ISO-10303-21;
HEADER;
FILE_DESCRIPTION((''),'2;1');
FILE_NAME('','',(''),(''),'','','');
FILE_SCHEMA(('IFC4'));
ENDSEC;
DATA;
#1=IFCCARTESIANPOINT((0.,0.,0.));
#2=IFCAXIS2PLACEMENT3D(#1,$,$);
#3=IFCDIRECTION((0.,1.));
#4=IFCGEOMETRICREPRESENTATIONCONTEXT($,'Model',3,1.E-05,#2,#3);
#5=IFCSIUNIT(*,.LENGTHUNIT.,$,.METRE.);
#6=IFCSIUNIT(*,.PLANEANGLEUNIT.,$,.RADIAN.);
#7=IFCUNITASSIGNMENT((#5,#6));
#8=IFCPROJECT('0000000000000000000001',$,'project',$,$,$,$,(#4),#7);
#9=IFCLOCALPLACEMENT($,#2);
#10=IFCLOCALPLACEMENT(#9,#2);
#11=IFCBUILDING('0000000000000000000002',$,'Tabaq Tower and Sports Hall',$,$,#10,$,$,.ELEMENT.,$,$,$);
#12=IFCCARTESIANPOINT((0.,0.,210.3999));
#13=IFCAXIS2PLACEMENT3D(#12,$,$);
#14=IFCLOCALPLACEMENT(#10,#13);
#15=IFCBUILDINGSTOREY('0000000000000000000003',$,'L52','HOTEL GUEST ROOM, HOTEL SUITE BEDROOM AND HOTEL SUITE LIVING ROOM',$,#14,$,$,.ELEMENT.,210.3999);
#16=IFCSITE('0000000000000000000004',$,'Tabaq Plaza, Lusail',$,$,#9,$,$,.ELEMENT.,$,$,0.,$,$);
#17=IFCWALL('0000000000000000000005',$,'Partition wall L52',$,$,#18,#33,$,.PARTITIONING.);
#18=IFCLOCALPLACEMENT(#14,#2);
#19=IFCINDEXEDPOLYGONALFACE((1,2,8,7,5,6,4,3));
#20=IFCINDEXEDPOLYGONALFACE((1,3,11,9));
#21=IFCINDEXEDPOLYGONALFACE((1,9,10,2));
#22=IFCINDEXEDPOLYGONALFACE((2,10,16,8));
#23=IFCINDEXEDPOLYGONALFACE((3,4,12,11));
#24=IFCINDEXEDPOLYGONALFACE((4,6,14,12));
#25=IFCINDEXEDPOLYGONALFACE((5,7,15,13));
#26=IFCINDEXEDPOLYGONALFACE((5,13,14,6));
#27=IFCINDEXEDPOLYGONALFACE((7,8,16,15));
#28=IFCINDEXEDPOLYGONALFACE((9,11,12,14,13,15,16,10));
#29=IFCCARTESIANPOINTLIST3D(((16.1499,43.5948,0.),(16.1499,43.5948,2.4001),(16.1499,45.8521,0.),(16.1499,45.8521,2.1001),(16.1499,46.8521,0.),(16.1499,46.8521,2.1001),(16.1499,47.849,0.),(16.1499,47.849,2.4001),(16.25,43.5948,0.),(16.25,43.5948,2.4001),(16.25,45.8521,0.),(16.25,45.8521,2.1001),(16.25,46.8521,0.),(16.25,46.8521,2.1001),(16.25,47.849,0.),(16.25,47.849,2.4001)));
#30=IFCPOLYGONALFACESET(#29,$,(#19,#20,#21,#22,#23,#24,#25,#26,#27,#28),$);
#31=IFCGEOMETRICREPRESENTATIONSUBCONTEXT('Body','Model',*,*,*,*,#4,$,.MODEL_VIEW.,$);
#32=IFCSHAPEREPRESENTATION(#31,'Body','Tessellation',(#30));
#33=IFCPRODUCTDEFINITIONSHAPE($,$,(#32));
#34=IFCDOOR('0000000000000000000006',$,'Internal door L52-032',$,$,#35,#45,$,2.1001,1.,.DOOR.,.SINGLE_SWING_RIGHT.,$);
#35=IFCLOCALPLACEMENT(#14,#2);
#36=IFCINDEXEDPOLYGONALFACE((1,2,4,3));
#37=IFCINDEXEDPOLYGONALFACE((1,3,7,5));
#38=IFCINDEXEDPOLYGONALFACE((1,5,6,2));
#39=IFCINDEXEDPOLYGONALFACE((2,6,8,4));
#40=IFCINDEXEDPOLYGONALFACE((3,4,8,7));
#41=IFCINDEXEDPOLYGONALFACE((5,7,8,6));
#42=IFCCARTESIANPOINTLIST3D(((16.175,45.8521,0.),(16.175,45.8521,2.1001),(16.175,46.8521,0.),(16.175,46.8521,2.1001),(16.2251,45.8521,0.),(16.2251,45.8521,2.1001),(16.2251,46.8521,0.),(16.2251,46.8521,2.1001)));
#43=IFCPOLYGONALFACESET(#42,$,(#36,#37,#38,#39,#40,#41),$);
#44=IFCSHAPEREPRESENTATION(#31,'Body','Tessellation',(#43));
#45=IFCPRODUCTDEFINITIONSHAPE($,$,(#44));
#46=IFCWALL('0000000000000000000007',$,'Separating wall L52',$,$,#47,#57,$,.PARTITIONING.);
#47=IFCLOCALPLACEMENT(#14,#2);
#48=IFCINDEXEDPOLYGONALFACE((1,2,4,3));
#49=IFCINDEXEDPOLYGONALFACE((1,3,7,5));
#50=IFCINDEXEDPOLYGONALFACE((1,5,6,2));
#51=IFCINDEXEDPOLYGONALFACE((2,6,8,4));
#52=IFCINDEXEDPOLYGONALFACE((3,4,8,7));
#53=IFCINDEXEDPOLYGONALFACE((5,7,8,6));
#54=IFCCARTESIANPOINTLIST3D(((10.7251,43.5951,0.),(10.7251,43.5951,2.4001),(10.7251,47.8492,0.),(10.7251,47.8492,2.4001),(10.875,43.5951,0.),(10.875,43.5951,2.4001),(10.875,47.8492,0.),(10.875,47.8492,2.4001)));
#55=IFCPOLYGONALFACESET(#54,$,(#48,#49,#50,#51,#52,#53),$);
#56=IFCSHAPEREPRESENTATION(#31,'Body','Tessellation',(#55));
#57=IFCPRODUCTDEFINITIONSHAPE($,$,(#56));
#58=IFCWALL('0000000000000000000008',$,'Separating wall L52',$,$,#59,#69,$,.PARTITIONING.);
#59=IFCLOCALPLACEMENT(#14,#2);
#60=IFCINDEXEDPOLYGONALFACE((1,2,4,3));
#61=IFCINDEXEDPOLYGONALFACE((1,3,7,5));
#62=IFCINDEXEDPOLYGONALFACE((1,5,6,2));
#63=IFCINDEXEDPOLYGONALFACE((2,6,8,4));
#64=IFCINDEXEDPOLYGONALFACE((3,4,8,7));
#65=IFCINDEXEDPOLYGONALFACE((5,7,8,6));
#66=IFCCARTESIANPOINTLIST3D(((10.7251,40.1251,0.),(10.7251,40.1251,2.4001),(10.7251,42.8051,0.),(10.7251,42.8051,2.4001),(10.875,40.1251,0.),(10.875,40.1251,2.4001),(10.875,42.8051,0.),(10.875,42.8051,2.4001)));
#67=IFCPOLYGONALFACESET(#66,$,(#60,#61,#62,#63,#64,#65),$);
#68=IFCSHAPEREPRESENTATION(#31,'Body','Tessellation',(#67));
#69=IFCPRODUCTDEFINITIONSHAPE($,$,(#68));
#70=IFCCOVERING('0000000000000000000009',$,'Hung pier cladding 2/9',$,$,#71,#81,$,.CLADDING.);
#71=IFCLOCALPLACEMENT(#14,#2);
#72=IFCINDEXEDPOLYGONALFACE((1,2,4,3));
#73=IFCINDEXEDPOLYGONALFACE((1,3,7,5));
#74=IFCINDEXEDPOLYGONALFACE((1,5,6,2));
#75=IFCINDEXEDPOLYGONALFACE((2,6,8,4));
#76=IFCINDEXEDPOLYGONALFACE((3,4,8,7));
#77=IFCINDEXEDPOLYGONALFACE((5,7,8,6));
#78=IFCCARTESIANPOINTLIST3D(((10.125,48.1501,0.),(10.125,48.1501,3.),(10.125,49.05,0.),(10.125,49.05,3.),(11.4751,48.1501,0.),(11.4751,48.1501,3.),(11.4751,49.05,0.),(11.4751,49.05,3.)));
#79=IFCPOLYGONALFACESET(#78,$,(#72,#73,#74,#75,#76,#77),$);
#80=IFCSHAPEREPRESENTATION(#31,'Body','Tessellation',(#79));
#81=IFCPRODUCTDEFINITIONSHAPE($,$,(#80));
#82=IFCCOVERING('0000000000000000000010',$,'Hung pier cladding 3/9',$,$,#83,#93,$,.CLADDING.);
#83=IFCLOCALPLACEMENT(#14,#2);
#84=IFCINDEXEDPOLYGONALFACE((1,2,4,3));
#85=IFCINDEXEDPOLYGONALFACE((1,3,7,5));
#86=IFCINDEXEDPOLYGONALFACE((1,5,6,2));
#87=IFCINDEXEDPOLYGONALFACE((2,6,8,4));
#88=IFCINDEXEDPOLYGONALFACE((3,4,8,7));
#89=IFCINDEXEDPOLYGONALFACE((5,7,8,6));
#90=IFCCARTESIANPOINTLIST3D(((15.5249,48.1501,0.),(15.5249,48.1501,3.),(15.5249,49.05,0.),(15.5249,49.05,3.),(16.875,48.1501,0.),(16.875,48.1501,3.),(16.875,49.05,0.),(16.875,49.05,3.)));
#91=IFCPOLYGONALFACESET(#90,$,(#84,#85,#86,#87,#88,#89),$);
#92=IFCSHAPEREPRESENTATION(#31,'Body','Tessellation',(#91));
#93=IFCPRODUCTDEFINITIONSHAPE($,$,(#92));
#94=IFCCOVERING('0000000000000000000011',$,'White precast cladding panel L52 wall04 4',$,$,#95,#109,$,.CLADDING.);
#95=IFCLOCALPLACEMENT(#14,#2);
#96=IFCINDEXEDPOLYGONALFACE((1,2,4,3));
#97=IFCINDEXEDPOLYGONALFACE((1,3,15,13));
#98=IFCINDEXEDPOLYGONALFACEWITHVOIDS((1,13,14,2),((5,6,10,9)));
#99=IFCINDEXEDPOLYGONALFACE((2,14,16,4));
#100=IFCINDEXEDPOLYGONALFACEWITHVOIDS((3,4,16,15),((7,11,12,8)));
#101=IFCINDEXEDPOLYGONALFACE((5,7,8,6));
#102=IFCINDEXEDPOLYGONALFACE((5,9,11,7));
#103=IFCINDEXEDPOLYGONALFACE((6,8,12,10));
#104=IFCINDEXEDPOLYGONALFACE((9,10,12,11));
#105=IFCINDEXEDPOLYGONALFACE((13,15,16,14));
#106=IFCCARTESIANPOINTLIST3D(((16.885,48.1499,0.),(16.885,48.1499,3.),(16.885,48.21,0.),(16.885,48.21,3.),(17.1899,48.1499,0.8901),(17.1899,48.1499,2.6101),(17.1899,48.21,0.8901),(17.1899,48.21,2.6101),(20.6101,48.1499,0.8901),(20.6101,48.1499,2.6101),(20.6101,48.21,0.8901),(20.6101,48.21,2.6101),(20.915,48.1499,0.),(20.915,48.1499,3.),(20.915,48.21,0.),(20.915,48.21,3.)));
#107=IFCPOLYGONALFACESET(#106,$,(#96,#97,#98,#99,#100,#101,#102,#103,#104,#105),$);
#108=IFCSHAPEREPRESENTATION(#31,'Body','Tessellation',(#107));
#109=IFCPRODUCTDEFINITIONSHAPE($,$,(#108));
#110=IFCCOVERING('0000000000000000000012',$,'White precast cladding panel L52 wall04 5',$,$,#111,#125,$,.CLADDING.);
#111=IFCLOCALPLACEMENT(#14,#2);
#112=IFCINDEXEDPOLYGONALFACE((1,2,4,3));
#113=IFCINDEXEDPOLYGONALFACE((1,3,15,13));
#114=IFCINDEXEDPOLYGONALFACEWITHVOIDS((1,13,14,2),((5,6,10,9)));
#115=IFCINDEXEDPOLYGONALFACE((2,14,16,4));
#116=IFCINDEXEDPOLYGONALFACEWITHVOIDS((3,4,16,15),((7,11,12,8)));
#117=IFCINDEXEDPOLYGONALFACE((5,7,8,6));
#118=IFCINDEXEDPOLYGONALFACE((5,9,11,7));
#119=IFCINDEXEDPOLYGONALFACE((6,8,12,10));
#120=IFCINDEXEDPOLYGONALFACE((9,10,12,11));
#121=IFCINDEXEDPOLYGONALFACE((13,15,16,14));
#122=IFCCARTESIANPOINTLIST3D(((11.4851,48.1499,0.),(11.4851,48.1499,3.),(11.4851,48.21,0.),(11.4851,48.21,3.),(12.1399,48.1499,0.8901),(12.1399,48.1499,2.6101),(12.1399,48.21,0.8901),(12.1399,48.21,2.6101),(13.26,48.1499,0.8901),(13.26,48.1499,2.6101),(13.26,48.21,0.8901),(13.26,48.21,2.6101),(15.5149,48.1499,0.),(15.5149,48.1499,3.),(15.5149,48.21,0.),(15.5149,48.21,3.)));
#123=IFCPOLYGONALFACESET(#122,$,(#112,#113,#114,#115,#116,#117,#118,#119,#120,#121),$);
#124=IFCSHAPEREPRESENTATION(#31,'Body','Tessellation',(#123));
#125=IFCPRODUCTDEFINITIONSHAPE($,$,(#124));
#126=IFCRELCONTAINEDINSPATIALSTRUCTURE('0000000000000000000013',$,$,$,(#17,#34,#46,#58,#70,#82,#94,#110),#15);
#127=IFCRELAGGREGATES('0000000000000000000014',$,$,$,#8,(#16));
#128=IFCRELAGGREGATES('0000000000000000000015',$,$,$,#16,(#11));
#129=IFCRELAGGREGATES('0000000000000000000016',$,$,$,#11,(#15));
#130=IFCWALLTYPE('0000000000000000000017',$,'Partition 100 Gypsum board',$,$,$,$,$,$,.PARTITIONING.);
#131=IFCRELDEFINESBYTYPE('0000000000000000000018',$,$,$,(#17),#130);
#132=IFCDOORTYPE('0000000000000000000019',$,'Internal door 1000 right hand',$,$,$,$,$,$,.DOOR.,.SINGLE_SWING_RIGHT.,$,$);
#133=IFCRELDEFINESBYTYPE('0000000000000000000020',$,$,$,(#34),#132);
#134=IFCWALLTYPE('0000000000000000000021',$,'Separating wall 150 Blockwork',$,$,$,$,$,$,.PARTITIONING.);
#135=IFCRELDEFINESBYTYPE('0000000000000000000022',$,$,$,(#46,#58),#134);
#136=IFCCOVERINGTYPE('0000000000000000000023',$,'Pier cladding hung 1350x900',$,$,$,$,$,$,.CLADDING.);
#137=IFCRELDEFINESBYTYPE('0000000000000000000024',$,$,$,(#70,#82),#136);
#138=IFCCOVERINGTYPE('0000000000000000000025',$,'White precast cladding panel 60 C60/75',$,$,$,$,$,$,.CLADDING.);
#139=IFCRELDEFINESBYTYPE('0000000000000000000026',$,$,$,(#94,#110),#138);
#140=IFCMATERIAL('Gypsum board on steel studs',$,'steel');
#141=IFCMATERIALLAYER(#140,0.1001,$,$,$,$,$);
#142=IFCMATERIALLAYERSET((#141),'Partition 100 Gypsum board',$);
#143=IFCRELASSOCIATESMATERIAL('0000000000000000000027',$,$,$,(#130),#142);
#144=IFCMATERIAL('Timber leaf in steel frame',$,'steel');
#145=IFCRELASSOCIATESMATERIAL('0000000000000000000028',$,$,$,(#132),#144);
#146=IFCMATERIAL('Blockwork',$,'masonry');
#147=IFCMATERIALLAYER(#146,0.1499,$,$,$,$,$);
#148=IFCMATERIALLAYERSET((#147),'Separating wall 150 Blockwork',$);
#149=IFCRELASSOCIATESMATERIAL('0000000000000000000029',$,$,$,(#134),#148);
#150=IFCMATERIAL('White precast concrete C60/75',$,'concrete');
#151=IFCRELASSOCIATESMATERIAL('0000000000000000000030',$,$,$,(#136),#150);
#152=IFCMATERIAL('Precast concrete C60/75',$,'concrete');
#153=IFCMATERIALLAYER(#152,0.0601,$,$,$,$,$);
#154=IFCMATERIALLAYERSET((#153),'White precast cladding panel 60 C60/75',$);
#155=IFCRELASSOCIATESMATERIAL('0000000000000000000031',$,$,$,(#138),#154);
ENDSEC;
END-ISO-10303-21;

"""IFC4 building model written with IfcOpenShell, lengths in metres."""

from ifc_helpers import new_model, si_unit, direction, frame, frame_2d, origin, place, context, subcontext, project, spatial, polyline, rectangle, outline, extrude, material, layer, layer_set, type_object, element, fill, save


model = new_model("IFC4")

# Units and contexts
model_context = context("Model", 3, precision=1e-05, world=origin(), true_north=direction((0.0, 1.0)))
body_context = subcontext(model_context, "Body", "Model", "MODEL_VIEW")
ifc_project = project(units=[si_unit("LENGTHUNIT", "METRE"), si_unit("PLANEANGLEUNIT", "RADIAN")], contexts=[model_context])

# Site, building, storey
site_placement = place(None, origin())
site = spatial("IfcSite", under=ifc_project, at=site_placement, Name="Tabaq Plaza, Lusail", CompositionType="ELEMENT", RefElevation=0.0)
building_placement = place(site_placement, origin())
building = spatial("IfcBuilding", under=site, at=building_placement, Name="Tabaq Tower and Sports Hall", CompositionType="ELEMENT")
storey_placement = place(building_placement, frame((0.0, 0.0, 210.3999)))
storey = spatial("IfcBuildingStorey", under=building, at=storey_placement, Name="L52", Description="HOTEL GUEST ROOM, HOTEL SUITE BEDROOM AND HOTEL SUITE LIVING ROOM", CompositionType="ELEMENT", Elevation=210.3999)

# Shared definitions
ifc_material_1 = material(Name="Gypsum board on steel studs", Category="steel")
ifc_layer_1 = layer(ifc_material_1, 0.1001)
ifc_layer_set_1 = layer_set([ifc_layer_1], Name="Partition 100 Gypsum board")
wall_type_1 = type_object("IfcWallType", Name="Partition 100 Gypsum board", PredefinedType="PARTITIONING", material=ifc_layer_set_1)

# Wall, opening, door
wall_1_placement = place(storey_placement, frame((16.2, 43.595, 0.0), z_axis=(0.0, 0.0, 1.0), x_axis=(0.0, 1.0, 0.0)))
wall_1 = element("IfcWall", 1, at=wall_1_placement, inside=storey, type_object=wall_type_1, Name="Partition wall L52", PredefinedType="PARTITIONING", context=body_context, shape_type="SweptSolid", body=[
    extrude(rectangle(XDim=4.2542, YDim=0.1001, at=frame_2d((2.127, 0.0))), origin(), (0.0, 0.0, 1.0), 2.4001),
])
opening_1_placement = place(wall_1_placement, frame((2.2571, 0.0, 0.0)))
opening_1 = element("IfcOpeningElement", 2, at=opening_1_placement, cuts=wall_1, PredefinedType="OPENING", context=body_context, shape_type="SweptSolid", body=[
    extrude(rectangle(XDim=1.0, YDim=2.1001, at=frame_2d((0.5, 1.05))), frame((0.0, 0.05, 0.0), z_axis=(0.0, -1.0, 0.0), x_axis=(1.0, 0.0, 0.0)), (0.0, 0.0, 1.0), 0.1001),
])
ifc_material_2 = material(Name="Timber leaf in steel frame", Category="steel")
door_type_1 = type_object("IfcDoorType", Name="Internal door 1000 right hand", OperationType="SINGLE_SWING_RIGHT", PredefinedType="DOOR", material=ifc_material_2)
door_1_placement = place(opening_1_placement, origin())
door_1 = element("IfcDoor", 3, at=door_1_placement, inside=storey, type_object=door_type_1, Name="Internal door L52-032", OperationType="SINGLE_SWING_RIGHT", OverallHeight=2.1001, OverallWidth=1.0, PredefinedType="DOOR", context=body_context, shape_type="SweptSolid", body=[
    extrude(rectangle(XDim=1.0, YDim=2.1001, at=frame_2d((0.5, 1.05))), frame((0.0, 0.0249, 0.0), z_axis=(0.0, -1.0, 0.0), x_axis=(1.0, 0.0, 0.0)), (0.0, 0.0, 1.0), 0.05),
])
fill(opening_1, door_1)

# Walls
ifc_material_3 = material(Name="Blockwork", Category="masonry")
ifc_layer_2 = layer(ifc_material_3, 0.1499)
ifc_layer_set_2 = layer_set([ifc_layer_2], Name="Separating wall 150 Blockwork")
wall_type_2 = type_object("IfcWallType", Name="Separating wall 150 Blockwork", PredefinedType="PARTITIONING", material=ifc_layer_set_2)
wall_2_placement = place(storey_placement, frame((10.8, 47.8491, 0.0), z_axis=(0.0, 0.0, 1.0), x_axis=(0.0, -1.0, 0.0)))
element("IfcWall", 4, at=wall_2_placement, inside=storey, type_object=wall_type_2, Name="Separating wall L52", PredefinedType="PARTITIONING", context=body_context, shape_type="SweptSolid", body=[
    extrude(rectangle(XDim=4.2542, YDim=0.1499, at=frame_2d((2.127, 0.0))), origin(), (0.0, 0.0, 1.0), 2.4001),
])
wall_3_placement = place(storey_placement, frame((10.8, 42.8049, 0.0), z_axis=(0.0, 0.0, 1.0), x_axis=(0.0, -1.0, 0.0)))
element("IfcWall", 5, at=wall_3_placement, inside=storey, type_object=wall_type_2, Name="Separating wall L52", PredefinedType="PARTITIONING", context=body_context, shape_type="SweptSolid", body=[
    extrude(rectangle(XDim=2.6799, YDim=0.1499, at=frame_2d((1.3398, 0.0))), origin(), (0.0, 0.0, 1.0), 2.4001),
])

# Coverings
ifc_material_4 = material(Name="White precast concrete C60/75", Category="concrete")
covering_type_1 = type_object("IfcCoveringType", Name="Pier cladding hung 1350x900", PredefinedType="CLADDING", material=ifc_material_4)
for number, where, z_axis, x_axis, name in (
    (6, (11.4751, 48.6001, 0.0), (0.0, 0.0, 1.0), (-1.0, 0.0, 0.0), "Hung pier cladding 2/9"),
    (7, (16.875, 48.6001, 0.0), (0.0, 0.0, 1.0), (-1.0, 0.0, 0.0), "Hung pier cladding 3/9"),
):
    element("IfcCovering", number, at=place(storey_placement, frame(where, z_axis=z_axis, x_axis=x_axis)), inside=storey, type_object=covering_type_1, Name=name, PredefinedType="CLADDING", context=body_context, shape_type="SweptSolid", body=[
        extrude(rectangle(XDim=1.3501, YDim=0.8999, at=frame_2d((0.675, 0.0))), origin(), (0.0, 0.0, 1.0), 3.0),
    ])
ifc_material_5 = material(Name="Precast concrete C60/75", Category="concrete")
ifc_layer_3 = layer(ifc_material_5, 0.0601)
ifc_layer_set_3 = layer_set([ifc_layer_3], Name="White precast cladding panel 60 C60/75")
covering_type_2 = type_object("IfcCoveringType", Name="White precast cladding panel 60 C60/75", PredefinedType="CLADDING", material=ifc_layer_set_3)
covering_1_placement = place(storey_placement, frame((20.915, 48.1799, 0.0), z_axis=(0.0, 0.0, 1.0), x_axis=(-1.0, 0.0, 0.0)))
element("IfcCovering", 8, at=covering_1_placement, inside=storey, type_object=covering_type_2, Name="White precast cladding panel L52 wall04 4", PredefinedType="CLADDING", context=body_context, shape_type="SweptSolid", body=[
    extrude(outline(polyline([(0.0, 0.0), (4.03, 0.0), (4.03, 3.0), (0.0, 3.0), (0.0, 0.0)]), holes=[polyline([(0.3049, 0.8901), (0.3049, 2.6101), (3.7251, 2.6101), (3.7251, 0.8901), (0.3049, 0.8901)])]), frame((0.0, 0.03, 0.0), z_axis=(0.0, -1.0, 0.0), x_axis=(1.0, 0.0, 0.0)), (0.0, 0.0, 1.0), 0.0601),
])
covering_2_placement = place(storey_placement, frame((15.5149, 48.1799, 0.0), z_axis=(0.0, 0.0, 1.0), x_axis=(-1.0, 0.0, 0.0)))
element("IfcCovering", 9, at=covering_2_placement, inside=storey, type_object=covering_type_2, Name="White precast cladding panel L52 wall04 5", PredefinedType="CLADDING", context=body_context, shape_type="SweptSolid", body=[
    extrude(outline(polyline([(0.0, 0.0), (4.0298, 0.0), (4.0298, 3.0), (0.0, 3.0), (0.0, 0.0)]), holes=[polyline([(2.2549, 0.8901), (2.2549, 2.6101), (3.375, 2.6101), (3.375, 0.8901), (2.2549, 0.8901)])]), frame((0.0, 0.03, 0.0), z_axis=(0.0, -1.0, 0.0), x_axis=(1.0, 0.0, 0.0)), (0.0, 0.0, 1.0), 0.0601),
])

save(model, "model.ifc")
